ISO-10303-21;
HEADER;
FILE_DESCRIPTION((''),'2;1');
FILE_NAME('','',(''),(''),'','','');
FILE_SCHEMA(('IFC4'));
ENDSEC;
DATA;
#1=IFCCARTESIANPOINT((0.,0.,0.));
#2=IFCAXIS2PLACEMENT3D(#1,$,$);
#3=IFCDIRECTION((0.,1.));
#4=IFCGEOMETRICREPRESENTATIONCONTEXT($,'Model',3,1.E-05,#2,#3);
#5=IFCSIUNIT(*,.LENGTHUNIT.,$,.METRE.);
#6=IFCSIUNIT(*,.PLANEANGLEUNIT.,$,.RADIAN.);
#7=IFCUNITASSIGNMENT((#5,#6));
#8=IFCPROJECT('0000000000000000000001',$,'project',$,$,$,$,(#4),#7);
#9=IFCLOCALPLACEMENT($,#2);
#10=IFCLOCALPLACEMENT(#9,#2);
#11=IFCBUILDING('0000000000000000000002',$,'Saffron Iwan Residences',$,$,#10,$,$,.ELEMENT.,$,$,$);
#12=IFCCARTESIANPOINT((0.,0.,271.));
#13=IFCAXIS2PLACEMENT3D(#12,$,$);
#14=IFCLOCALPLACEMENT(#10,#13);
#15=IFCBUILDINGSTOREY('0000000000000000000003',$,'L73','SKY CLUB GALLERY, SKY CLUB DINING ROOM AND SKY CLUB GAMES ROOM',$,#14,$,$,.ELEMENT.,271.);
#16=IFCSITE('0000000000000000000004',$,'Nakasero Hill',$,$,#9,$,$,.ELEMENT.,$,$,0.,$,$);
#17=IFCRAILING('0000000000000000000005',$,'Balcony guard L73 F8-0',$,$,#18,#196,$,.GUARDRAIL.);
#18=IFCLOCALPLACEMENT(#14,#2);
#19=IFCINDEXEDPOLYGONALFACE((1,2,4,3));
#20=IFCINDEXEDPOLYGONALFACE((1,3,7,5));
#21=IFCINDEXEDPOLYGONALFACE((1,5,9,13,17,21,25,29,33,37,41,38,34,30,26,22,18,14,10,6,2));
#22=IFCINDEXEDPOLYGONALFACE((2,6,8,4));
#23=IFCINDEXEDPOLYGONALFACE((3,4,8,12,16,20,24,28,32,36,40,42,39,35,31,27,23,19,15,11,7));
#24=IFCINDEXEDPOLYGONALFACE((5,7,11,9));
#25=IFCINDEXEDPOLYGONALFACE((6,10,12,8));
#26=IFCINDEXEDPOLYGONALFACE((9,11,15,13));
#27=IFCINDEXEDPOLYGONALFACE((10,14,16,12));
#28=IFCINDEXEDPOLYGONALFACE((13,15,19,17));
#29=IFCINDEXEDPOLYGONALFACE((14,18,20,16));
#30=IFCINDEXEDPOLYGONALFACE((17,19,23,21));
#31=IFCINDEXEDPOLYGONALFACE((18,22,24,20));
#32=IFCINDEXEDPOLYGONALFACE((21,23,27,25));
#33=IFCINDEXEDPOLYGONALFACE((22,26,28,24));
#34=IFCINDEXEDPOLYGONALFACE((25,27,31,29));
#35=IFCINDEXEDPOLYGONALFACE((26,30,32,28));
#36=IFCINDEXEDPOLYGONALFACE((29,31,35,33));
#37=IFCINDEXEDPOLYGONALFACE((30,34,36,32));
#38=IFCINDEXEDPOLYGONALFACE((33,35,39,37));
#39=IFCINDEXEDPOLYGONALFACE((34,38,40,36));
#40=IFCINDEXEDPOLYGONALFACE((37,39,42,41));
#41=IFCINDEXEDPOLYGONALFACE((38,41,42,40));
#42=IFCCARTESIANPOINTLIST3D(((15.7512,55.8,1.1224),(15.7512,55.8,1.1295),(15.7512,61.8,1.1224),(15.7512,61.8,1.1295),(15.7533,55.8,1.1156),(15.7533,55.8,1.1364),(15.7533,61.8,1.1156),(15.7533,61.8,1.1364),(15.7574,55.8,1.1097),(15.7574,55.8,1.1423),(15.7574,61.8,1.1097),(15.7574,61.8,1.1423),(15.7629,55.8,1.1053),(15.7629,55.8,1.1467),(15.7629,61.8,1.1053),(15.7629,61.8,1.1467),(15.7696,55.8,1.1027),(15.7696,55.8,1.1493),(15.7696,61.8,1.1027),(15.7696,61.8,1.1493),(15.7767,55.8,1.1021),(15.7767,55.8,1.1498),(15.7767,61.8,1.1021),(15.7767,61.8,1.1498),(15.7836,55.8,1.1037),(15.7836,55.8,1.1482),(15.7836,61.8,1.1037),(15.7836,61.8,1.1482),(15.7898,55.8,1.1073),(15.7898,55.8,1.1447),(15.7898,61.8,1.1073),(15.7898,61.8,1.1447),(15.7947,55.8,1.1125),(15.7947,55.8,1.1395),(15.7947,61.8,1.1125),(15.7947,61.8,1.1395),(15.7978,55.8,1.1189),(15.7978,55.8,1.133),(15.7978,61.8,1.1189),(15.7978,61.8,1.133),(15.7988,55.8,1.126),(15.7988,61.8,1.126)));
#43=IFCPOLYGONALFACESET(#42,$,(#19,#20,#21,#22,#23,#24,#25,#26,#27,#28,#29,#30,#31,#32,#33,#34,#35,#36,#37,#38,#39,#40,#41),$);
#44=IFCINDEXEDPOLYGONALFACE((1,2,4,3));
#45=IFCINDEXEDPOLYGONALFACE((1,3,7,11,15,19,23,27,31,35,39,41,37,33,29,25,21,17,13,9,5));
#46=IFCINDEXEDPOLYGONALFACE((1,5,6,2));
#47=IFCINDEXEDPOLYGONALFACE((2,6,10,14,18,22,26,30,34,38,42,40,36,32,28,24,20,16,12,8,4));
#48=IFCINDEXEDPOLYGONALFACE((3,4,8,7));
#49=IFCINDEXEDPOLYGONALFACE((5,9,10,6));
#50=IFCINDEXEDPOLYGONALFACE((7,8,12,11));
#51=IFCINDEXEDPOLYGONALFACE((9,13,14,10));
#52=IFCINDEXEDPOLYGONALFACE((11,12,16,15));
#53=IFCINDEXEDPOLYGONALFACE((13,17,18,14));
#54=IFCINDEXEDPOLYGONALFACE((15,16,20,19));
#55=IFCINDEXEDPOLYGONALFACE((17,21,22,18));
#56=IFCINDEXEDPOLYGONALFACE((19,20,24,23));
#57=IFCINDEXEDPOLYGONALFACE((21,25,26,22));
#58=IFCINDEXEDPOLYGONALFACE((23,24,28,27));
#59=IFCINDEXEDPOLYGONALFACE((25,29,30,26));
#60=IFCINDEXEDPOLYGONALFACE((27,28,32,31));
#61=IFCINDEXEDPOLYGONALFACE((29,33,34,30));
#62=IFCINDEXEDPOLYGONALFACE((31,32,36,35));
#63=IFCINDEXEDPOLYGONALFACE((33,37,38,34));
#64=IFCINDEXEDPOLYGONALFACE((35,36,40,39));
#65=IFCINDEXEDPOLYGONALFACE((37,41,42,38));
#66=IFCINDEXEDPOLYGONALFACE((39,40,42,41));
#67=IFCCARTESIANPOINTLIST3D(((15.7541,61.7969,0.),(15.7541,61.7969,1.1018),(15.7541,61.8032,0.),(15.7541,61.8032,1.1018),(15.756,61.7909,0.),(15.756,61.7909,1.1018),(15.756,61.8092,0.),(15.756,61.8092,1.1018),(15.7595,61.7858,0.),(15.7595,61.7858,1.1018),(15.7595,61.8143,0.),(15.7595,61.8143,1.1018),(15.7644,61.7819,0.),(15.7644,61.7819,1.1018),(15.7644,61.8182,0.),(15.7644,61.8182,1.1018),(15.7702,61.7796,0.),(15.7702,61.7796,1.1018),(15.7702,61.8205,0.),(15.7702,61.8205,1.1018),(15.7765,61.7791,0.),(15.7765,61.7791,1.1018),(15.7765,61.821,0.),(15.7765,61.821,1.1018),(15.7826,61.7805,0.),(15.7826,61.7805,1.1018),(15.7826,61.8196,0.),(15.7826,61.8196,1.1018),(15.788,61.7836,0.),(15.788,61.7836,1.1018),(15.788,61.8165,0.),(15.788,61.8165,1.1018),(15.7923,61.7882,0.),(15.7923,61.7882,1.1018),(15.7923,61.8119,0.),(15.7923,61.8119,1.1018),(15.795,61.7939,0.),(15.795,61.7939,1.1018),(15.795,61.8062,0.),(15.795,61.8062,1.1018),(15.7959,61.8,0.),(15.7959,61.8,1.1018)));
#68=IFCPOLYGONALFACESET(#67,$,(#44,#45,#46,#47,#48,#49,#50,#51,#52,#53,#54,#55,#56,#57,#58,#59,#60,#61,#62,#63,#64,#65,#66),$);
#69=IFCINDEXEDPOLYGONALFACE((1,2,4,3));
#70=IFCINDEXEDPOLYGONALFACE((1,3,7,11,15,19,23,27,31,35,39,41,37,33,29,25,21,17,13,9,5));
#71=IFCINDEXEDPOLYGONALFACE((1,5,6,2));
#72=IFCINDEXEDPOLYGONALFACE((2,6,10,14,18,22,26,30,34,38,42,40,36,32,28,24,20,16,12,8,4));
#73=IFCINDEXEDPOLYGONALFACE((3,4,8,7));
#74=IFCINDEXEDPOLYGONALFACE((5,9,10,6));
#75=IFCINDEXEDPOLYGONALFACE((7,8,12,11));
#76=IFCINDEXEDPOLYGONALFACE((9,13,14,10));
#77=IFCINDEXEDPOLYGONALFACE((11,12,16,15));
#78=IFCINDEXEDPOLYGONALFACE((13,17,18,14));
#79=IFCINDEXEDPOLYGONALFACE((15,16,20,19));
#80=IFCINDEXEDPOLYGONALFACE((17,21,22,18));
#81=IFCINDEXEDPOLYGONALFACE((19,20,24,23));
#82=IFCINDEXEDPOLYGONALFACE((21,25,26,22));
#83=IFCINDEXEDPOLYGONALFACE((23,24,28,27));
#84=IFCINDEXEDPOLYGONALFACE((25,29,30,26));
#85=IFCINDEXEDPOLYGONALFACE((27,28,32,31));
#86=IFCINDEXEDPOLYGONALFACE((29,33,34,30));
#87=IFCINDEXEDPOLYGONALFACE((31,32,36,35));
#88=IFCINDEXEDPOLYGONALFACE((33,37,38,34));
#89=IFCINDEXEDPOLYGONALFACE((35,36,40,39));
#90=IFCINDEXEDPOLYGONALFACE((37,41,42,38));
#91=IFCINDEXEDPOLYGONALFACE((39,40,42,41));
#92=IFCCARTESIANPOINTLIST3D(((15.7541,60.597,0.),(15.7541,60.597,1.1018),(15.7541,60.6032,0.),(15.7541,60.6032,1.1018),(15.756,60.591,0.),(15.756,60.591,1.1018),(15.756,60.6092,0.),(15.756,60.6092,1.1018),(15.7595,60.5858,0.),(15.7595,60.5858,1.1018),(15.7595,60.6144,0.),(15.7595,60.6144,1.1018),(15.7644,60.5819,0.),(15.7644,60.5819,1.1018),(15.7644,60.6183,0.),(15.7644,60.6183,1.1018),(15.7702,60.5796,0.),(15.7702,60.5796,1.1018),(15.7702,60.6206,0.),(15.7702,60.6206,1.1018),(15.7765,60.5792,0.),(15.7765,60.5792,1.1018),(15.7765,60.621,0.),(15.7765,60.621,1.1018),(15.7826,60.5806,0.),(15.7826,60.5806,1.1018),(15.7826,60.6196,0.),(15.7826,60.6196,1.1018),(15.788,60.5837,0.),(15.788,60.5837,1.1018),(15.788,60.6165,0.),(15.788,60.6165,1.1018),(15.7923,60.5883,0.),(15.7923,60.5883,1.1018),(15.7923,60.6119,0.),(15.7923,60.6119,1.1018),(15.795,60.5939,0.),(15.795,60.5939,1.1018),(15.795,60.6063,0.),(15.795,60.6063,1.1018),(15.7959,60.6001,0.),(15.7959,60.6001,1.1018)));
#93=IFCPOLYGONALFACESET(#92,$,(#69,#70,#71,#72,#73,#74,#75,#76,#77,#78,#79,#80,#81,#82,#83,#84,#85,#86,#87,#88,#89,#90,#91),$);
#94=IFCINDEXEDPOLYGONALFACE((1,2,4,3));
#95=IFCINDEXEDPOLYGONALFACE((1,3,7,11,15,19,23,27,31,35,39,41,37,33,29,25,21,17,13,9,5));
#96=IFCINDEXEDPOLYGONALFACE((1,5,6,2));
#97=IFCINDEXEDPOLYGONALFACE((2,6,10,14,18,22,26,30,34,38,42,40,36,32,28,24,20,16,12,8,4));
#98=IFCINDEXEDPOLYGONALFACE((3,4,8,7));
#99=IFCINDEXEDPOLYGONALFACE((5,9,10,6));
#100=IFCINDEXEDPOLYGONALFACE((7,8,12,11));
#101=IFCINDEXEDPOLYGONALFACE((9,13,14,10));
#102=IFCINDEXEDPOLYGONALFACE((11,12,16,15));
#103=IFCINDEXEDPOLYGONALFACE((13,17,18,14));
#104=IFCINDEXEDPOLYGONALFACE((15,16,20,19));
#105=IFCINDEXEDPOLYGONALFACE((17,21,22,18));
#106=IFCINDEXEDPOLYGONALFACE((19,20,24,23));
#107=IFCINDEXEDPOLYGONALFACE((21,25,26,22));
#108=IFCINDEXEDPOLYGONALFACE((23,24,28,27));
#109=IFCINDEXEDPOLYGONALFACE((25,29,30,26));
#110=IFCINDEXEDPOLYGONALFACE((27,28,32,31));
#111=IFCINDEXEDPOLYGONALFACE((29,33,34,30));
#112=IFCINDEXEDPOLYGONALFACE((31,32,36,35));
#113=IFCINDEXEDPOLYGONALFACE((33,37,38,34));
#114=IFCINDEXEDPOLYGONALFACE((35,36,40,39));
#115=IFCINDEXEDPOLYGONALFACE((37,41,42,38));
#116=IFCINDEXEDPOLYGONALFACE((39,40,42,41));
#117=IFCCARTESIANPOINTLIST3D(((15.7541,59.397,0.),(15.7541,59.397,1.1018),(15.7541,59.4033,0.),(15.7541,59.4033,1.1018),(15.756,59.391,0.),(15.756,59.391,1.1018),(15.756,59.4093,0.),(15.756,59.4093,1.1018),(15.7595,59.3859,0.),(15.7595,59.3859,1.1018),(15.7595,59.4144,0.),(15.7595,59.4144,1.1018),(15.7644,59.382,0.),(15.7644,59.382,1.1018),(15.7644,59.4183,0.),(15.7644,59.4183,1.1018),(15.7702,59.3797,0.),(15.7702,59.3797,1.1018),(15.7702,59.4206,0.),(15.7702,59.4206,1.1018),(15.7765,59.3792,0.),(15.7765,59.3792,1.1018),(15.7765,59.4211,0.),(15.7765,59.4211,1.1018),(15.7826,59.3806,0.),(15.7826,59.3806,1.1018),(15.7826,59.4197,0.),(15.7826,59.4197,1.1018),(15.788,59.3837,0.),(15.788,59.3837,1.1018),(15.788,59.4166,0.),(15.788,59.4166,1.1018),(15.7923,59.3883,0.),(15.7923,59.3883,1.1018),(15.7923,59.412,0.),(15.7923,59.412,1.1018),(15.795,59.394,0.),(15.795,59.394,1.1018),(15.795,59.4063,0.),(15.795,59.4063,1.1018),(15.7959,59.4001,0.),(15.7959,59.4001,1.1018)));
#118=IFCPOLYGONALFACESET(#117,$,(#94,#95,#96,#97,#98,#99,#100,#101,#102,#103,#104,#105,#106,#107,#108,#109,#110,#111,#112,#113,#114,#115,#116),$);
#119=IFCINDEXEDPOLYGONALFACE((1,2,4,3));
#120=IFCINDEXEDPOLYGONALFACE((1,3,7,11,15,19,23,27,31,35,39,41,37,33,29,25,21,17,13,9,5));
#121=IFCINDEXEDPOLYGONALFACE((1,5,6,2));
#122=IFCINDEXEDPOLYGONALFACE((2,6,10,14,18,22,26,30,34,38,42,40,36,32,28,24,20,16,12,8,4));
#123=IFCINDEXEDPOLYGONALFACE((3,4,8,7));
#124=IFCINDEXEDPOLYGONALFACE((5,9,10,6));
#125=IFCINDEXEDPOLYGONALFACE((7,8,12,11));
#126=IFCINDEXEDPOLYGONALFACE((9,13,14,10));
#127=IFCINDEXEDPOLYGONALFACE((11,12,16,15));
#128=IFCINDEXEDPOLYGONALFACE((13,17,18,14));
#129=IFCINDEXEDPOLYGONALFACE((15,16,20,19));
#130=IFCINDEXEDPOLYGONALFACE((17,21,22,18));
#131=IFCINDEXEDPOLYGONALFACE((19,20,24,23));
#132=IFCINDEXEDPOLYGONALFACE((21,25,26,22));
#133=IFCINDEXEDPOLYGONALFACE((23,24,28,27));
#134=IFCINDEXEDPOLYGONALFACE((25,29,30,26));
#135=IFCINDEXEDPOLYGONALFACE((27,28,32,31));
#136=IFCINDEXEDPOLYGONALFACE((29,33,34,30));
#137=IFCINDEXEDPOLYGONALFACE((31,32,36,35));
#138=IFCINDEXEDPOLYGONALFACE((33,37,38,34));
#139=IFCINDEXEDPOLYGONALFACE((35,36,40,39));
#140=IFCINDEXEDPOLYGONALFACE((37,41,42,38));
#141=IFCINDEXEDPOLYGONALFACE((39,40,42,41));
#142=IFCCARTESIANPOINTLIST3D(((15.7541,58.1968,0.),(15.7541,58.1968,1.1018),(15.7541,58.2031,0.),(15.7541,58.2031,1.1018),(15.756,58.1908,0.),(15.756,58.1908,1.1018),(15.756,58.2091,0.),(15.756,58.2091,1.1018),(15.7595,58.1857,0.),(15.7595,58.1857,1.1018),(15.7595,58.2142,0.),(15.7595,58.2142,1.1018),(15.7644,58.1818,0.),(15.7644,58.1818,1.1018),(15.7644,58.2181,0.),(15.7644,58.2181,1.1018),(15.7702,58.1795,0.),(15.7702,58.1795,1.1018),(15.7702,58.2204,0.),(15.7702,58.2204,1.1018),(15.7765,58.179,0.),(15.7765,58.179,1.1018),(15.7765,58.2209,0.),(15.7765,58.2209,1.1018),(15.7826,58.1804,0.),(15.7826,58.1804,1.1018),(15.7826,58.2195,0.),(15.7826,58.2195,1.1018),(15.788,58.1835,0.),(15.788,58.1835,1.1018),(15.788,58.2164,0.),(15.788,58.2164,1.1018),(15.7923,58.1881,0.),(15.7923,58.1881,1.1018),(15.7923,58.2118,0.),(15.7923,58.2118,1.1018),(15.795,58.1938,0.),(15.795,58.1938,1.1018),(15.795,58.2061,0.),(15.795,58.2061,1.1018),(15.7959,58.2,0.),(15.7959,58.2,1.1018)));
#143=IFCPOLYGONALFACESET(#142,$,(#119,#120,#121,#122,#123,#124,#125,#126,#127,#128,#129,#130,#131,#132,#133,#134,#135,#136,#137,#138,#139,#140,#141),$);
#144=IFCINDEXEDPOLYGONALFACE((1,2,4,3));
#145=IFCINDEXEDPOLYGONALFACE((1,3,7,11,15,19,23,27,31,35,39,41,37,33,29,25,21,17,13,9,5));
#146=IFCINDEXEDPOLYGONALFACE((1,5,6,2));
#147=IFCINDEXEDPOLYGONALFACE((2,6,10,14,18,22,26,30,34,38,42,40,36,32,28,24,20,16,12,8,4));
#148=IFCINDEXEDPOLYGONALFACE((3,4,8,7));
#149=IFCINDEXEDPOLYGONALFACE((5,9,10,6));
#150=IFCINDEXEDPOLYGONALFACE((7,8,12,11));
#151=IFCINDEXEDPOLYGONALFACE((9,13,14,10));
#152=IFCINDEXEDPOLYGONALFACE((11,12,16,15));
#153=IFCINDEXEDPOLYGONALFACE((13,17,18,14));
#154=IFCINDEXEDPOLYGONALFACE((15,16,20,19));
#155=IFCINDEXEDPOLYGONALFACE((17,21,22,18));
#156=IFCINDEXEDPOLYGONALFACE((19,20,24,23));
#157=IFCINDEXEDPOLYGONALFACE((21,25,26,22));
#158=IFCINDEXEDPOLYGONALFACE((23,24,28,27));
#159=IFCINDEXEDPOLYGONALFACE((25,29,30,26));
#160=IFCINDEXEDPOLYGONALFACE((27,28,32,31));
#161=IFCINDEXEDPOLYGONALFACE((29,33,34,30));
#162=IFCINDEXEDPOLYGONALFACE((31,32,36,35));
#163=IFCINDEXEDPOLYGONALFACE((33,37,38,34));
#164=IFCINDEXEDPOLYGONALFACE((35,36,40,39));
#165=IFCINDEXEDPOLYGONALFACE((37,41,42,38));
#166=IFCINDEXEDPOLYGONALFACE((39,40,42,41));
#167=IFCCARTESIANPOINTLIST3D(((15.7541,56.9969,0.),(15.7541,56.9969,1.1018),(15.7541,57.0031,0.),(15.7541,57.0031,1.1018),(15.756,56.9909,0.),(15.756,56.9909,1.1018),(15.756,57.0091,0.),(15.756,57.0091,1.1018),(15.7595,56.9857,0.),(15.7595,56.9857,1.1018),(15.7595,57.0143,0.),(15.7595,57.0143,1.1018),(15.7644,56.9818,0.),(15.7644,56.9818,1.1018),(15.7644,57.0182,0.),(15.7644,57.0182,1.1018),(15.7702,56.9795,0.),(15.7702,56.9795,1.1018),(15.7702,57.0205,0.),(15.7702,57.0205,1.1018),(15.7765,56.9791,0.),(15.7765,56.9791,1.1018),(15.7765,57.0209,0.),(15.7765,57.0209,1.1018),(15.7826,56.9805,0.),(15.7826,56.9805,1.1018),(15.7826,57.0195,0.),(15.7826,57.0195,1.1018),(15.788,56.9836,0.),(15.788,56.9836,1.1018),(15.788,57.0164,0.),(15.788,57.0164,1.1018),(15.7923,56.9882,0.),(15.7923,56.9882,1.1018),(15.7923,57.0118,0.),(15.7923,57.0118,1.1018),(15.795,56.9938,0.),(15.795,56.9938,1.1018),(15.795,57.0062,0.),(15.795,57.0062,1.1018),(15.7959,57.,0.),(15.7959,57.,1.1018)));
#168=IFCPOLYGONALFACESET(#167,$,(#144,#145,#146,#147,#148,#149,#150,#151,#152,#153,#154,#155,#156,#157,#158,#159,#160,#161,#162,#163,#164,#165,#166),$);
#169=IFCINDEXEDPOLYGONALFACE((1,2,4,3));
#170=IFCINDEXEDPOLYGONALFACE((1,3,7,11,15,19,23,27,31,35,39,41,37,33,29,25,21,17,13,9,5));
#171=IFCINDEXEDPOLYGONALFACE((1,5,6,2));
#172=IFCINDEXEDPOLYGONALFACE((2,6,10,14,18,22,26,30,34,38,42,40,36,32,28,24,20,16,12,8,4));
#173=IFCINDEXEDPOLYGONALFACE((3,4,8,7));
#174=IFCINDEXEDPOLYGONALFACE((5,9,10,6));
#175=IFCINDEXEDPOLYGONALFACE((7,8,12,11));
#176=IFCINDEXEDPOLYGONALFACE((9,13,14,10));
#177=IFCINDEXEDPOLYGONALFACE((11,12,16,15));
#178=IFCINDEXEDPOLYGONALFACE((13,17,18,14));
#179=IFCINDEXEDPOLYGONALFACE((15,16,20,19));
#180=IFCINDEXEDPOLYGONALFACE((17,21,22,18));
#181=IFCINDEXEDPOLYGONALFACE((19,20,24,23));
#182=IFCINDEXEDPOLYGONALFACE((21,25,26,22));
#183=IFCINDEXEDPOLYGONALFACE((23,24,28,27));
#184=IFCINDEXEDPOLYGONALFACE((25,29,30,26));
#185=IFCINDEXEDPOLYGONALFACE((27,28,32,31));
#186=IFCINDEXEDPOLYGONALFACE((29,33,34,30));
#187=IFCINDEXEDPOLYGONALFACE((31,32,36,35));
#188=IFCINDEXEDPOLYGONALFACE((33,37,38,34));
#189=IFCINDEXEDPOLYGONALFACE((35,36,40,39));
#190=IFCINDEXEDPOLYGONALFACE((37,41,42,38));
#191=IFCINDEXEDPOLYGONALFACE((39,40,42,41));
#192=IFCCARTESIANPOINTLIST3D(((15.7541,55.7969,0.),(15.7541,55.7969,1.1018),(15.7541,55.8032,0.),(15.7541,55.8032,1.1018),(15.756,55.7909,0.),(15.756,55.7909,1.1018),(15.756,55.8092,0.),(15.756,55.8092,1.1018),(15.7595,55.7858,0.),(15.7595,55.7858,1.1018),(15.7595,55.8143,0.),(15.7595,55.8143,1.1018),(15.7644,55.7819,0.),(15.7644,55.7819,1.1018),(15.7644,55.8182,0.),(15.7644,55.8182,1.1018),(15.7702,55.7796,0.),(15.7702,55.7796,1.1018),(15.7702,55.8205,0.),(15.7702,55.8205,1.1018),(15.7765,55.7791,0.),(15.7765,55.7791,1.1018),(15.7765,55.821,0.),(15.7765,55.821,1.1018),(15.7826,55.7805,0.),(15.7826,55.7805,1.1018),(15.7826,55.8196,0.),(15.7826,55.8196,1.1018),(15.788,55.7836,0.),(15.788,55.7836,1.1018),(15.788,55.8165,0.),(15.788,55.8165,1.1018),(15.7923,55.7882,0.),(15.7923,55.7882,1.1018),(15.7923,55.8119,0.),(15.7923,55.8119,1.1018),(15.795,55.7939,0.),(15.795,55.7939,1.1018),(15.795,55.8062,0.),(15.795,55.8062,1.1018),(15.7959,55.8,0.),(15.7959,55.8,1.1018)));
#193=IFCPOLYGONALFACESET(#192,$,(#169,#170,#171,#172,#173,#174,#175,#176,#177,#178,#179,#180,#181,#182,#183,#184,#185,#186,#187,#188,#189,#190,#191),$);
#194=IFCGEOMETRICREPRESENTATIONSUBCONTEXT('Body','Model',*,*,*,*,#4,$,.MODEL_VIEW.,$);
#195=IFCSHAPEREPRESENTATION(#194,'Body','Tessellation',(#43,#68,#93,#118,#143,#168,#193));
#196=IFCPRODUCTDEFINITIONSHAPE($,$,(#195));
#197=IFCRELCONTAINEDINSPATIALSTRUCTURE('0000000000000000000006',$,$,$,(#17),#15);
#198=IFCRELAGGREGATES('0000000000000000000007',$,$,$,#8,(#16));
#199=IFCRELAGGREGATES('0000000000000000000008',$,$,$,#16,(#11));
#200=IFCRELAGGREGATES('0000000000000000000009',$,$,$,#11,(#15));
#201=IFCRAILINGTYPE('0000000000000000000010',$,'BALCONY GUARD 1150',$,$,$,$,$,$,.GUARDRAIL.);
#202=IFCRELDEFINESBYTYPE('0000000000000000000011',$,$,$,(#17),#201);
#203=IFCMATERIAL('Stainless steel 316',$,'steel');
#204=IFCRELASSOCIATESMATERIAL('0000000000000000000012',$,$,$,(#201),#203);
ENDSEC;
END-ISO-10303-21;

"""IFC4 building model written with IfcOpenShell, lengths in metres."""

from ifc_helpers import new_model, si_unit, direction, frame, origin, origin_2d, place, context, subcontext, project, spatial, circle, extrude, material, type_object, element, save


model = new_model("IFC4")

# Units and contexts
model_context = context("Model", 3, precision=1e-05, world=origin(), true_north=direction((0.0, 1.0)))
body_context = subcontext(model_context, "Body", "Model", "MODEL_VIEW")
ifc_project = project(units=[si_unit("LENGTHUNIT", "METRE"), si_unit("PLANEANGLEUNIT", "RADIAN")], contexts=[model_context])

# Site, building, storey
site_placement = place(None, origin())
site = spatial("IfcSite", under=ifc_project, at=site_placement, Name="Nakasero Hill", CompositionType="ELEMENT", RefElevation=0.0)
building_placement = place(site_placement, origin())
building = spatial("IfcBuilding", under=site, at=building_placement, Name="Saffron Iwan Residences", CompositionType="ELEMENT")
storey_placement = place(building_placement, frame((0.0, 0.0, 271.0)))
storey = spatial("IfcBuildingStorey", under=building, at=storey_placement, Name="L73", Description="SKY CLUB GALLERY, SKY CLUB DINING ROOM AND SKY CLUB GAMES ROOM", CompositionType="ELEMENT", Elevation=271.0)

# Railing
ifc_material_1 = material(Name="Stainless steel 316", Category="steel")
railing_type = type_object("IfcRailingType", Name="BALCONY GUARD 1150", PredefinedType="GUARDRAIL", material=ifc_material_1)
railing_placement = place(storey_placement, frame((15.7749, 61.8, 0.0)))
element("IfcRailing", 1, at=railing_placement, inside=storey, type_object=railing_type, Name="Balcony guard L73 F8-0", PredefinedType="GUARDRAIL", context=body_context, shape_type="SweptSolid", body=[
    extrude(circle(Radius=0.0239, at=origin_2d()), frame((0.0, 0.0, 1.126), z_axis=(0.0, -1.0, 0.0), x_axis=(1.0, 0.0, 0.0)), (0.0, 0.0, 1.0), 6.0),
    extrude(circle(Radius=0.021, at=origin_2d()), origin(), (0.0, 0.0, 1.0), 1.1018),
    extrude(circle(Radius=0.021, at=origin_2d()), frame((0.0, -1.2, 0.0)), (0.0, 0.0, 1.0), 1.1018),
    extrude(circle(Radius=0.021, at=origin_2d()), frame((0.0, -2.3999, 0.0)), (0.0, 0.0, 1.0), 1.1018),
    extrude(circle(Radius=0.021, at=origin_2d()), frame((0.0, -3.6001, 0.0)), (0.0, 0.0, 1.0), 1.1018),
    extrude(circle(Radius=0.021, at=origin_2d()), frame((0.0, -4.8, 0.0)), (0.0, 0.0, 1.0), 1.1018),
    extrude(circle(Radius=0.021, at=origin_2d()), frame((0.0, -6.0, 0.0)), (0.0, 0.0, 1.0), 1.1018),
])

save(model, "model.ifc")
